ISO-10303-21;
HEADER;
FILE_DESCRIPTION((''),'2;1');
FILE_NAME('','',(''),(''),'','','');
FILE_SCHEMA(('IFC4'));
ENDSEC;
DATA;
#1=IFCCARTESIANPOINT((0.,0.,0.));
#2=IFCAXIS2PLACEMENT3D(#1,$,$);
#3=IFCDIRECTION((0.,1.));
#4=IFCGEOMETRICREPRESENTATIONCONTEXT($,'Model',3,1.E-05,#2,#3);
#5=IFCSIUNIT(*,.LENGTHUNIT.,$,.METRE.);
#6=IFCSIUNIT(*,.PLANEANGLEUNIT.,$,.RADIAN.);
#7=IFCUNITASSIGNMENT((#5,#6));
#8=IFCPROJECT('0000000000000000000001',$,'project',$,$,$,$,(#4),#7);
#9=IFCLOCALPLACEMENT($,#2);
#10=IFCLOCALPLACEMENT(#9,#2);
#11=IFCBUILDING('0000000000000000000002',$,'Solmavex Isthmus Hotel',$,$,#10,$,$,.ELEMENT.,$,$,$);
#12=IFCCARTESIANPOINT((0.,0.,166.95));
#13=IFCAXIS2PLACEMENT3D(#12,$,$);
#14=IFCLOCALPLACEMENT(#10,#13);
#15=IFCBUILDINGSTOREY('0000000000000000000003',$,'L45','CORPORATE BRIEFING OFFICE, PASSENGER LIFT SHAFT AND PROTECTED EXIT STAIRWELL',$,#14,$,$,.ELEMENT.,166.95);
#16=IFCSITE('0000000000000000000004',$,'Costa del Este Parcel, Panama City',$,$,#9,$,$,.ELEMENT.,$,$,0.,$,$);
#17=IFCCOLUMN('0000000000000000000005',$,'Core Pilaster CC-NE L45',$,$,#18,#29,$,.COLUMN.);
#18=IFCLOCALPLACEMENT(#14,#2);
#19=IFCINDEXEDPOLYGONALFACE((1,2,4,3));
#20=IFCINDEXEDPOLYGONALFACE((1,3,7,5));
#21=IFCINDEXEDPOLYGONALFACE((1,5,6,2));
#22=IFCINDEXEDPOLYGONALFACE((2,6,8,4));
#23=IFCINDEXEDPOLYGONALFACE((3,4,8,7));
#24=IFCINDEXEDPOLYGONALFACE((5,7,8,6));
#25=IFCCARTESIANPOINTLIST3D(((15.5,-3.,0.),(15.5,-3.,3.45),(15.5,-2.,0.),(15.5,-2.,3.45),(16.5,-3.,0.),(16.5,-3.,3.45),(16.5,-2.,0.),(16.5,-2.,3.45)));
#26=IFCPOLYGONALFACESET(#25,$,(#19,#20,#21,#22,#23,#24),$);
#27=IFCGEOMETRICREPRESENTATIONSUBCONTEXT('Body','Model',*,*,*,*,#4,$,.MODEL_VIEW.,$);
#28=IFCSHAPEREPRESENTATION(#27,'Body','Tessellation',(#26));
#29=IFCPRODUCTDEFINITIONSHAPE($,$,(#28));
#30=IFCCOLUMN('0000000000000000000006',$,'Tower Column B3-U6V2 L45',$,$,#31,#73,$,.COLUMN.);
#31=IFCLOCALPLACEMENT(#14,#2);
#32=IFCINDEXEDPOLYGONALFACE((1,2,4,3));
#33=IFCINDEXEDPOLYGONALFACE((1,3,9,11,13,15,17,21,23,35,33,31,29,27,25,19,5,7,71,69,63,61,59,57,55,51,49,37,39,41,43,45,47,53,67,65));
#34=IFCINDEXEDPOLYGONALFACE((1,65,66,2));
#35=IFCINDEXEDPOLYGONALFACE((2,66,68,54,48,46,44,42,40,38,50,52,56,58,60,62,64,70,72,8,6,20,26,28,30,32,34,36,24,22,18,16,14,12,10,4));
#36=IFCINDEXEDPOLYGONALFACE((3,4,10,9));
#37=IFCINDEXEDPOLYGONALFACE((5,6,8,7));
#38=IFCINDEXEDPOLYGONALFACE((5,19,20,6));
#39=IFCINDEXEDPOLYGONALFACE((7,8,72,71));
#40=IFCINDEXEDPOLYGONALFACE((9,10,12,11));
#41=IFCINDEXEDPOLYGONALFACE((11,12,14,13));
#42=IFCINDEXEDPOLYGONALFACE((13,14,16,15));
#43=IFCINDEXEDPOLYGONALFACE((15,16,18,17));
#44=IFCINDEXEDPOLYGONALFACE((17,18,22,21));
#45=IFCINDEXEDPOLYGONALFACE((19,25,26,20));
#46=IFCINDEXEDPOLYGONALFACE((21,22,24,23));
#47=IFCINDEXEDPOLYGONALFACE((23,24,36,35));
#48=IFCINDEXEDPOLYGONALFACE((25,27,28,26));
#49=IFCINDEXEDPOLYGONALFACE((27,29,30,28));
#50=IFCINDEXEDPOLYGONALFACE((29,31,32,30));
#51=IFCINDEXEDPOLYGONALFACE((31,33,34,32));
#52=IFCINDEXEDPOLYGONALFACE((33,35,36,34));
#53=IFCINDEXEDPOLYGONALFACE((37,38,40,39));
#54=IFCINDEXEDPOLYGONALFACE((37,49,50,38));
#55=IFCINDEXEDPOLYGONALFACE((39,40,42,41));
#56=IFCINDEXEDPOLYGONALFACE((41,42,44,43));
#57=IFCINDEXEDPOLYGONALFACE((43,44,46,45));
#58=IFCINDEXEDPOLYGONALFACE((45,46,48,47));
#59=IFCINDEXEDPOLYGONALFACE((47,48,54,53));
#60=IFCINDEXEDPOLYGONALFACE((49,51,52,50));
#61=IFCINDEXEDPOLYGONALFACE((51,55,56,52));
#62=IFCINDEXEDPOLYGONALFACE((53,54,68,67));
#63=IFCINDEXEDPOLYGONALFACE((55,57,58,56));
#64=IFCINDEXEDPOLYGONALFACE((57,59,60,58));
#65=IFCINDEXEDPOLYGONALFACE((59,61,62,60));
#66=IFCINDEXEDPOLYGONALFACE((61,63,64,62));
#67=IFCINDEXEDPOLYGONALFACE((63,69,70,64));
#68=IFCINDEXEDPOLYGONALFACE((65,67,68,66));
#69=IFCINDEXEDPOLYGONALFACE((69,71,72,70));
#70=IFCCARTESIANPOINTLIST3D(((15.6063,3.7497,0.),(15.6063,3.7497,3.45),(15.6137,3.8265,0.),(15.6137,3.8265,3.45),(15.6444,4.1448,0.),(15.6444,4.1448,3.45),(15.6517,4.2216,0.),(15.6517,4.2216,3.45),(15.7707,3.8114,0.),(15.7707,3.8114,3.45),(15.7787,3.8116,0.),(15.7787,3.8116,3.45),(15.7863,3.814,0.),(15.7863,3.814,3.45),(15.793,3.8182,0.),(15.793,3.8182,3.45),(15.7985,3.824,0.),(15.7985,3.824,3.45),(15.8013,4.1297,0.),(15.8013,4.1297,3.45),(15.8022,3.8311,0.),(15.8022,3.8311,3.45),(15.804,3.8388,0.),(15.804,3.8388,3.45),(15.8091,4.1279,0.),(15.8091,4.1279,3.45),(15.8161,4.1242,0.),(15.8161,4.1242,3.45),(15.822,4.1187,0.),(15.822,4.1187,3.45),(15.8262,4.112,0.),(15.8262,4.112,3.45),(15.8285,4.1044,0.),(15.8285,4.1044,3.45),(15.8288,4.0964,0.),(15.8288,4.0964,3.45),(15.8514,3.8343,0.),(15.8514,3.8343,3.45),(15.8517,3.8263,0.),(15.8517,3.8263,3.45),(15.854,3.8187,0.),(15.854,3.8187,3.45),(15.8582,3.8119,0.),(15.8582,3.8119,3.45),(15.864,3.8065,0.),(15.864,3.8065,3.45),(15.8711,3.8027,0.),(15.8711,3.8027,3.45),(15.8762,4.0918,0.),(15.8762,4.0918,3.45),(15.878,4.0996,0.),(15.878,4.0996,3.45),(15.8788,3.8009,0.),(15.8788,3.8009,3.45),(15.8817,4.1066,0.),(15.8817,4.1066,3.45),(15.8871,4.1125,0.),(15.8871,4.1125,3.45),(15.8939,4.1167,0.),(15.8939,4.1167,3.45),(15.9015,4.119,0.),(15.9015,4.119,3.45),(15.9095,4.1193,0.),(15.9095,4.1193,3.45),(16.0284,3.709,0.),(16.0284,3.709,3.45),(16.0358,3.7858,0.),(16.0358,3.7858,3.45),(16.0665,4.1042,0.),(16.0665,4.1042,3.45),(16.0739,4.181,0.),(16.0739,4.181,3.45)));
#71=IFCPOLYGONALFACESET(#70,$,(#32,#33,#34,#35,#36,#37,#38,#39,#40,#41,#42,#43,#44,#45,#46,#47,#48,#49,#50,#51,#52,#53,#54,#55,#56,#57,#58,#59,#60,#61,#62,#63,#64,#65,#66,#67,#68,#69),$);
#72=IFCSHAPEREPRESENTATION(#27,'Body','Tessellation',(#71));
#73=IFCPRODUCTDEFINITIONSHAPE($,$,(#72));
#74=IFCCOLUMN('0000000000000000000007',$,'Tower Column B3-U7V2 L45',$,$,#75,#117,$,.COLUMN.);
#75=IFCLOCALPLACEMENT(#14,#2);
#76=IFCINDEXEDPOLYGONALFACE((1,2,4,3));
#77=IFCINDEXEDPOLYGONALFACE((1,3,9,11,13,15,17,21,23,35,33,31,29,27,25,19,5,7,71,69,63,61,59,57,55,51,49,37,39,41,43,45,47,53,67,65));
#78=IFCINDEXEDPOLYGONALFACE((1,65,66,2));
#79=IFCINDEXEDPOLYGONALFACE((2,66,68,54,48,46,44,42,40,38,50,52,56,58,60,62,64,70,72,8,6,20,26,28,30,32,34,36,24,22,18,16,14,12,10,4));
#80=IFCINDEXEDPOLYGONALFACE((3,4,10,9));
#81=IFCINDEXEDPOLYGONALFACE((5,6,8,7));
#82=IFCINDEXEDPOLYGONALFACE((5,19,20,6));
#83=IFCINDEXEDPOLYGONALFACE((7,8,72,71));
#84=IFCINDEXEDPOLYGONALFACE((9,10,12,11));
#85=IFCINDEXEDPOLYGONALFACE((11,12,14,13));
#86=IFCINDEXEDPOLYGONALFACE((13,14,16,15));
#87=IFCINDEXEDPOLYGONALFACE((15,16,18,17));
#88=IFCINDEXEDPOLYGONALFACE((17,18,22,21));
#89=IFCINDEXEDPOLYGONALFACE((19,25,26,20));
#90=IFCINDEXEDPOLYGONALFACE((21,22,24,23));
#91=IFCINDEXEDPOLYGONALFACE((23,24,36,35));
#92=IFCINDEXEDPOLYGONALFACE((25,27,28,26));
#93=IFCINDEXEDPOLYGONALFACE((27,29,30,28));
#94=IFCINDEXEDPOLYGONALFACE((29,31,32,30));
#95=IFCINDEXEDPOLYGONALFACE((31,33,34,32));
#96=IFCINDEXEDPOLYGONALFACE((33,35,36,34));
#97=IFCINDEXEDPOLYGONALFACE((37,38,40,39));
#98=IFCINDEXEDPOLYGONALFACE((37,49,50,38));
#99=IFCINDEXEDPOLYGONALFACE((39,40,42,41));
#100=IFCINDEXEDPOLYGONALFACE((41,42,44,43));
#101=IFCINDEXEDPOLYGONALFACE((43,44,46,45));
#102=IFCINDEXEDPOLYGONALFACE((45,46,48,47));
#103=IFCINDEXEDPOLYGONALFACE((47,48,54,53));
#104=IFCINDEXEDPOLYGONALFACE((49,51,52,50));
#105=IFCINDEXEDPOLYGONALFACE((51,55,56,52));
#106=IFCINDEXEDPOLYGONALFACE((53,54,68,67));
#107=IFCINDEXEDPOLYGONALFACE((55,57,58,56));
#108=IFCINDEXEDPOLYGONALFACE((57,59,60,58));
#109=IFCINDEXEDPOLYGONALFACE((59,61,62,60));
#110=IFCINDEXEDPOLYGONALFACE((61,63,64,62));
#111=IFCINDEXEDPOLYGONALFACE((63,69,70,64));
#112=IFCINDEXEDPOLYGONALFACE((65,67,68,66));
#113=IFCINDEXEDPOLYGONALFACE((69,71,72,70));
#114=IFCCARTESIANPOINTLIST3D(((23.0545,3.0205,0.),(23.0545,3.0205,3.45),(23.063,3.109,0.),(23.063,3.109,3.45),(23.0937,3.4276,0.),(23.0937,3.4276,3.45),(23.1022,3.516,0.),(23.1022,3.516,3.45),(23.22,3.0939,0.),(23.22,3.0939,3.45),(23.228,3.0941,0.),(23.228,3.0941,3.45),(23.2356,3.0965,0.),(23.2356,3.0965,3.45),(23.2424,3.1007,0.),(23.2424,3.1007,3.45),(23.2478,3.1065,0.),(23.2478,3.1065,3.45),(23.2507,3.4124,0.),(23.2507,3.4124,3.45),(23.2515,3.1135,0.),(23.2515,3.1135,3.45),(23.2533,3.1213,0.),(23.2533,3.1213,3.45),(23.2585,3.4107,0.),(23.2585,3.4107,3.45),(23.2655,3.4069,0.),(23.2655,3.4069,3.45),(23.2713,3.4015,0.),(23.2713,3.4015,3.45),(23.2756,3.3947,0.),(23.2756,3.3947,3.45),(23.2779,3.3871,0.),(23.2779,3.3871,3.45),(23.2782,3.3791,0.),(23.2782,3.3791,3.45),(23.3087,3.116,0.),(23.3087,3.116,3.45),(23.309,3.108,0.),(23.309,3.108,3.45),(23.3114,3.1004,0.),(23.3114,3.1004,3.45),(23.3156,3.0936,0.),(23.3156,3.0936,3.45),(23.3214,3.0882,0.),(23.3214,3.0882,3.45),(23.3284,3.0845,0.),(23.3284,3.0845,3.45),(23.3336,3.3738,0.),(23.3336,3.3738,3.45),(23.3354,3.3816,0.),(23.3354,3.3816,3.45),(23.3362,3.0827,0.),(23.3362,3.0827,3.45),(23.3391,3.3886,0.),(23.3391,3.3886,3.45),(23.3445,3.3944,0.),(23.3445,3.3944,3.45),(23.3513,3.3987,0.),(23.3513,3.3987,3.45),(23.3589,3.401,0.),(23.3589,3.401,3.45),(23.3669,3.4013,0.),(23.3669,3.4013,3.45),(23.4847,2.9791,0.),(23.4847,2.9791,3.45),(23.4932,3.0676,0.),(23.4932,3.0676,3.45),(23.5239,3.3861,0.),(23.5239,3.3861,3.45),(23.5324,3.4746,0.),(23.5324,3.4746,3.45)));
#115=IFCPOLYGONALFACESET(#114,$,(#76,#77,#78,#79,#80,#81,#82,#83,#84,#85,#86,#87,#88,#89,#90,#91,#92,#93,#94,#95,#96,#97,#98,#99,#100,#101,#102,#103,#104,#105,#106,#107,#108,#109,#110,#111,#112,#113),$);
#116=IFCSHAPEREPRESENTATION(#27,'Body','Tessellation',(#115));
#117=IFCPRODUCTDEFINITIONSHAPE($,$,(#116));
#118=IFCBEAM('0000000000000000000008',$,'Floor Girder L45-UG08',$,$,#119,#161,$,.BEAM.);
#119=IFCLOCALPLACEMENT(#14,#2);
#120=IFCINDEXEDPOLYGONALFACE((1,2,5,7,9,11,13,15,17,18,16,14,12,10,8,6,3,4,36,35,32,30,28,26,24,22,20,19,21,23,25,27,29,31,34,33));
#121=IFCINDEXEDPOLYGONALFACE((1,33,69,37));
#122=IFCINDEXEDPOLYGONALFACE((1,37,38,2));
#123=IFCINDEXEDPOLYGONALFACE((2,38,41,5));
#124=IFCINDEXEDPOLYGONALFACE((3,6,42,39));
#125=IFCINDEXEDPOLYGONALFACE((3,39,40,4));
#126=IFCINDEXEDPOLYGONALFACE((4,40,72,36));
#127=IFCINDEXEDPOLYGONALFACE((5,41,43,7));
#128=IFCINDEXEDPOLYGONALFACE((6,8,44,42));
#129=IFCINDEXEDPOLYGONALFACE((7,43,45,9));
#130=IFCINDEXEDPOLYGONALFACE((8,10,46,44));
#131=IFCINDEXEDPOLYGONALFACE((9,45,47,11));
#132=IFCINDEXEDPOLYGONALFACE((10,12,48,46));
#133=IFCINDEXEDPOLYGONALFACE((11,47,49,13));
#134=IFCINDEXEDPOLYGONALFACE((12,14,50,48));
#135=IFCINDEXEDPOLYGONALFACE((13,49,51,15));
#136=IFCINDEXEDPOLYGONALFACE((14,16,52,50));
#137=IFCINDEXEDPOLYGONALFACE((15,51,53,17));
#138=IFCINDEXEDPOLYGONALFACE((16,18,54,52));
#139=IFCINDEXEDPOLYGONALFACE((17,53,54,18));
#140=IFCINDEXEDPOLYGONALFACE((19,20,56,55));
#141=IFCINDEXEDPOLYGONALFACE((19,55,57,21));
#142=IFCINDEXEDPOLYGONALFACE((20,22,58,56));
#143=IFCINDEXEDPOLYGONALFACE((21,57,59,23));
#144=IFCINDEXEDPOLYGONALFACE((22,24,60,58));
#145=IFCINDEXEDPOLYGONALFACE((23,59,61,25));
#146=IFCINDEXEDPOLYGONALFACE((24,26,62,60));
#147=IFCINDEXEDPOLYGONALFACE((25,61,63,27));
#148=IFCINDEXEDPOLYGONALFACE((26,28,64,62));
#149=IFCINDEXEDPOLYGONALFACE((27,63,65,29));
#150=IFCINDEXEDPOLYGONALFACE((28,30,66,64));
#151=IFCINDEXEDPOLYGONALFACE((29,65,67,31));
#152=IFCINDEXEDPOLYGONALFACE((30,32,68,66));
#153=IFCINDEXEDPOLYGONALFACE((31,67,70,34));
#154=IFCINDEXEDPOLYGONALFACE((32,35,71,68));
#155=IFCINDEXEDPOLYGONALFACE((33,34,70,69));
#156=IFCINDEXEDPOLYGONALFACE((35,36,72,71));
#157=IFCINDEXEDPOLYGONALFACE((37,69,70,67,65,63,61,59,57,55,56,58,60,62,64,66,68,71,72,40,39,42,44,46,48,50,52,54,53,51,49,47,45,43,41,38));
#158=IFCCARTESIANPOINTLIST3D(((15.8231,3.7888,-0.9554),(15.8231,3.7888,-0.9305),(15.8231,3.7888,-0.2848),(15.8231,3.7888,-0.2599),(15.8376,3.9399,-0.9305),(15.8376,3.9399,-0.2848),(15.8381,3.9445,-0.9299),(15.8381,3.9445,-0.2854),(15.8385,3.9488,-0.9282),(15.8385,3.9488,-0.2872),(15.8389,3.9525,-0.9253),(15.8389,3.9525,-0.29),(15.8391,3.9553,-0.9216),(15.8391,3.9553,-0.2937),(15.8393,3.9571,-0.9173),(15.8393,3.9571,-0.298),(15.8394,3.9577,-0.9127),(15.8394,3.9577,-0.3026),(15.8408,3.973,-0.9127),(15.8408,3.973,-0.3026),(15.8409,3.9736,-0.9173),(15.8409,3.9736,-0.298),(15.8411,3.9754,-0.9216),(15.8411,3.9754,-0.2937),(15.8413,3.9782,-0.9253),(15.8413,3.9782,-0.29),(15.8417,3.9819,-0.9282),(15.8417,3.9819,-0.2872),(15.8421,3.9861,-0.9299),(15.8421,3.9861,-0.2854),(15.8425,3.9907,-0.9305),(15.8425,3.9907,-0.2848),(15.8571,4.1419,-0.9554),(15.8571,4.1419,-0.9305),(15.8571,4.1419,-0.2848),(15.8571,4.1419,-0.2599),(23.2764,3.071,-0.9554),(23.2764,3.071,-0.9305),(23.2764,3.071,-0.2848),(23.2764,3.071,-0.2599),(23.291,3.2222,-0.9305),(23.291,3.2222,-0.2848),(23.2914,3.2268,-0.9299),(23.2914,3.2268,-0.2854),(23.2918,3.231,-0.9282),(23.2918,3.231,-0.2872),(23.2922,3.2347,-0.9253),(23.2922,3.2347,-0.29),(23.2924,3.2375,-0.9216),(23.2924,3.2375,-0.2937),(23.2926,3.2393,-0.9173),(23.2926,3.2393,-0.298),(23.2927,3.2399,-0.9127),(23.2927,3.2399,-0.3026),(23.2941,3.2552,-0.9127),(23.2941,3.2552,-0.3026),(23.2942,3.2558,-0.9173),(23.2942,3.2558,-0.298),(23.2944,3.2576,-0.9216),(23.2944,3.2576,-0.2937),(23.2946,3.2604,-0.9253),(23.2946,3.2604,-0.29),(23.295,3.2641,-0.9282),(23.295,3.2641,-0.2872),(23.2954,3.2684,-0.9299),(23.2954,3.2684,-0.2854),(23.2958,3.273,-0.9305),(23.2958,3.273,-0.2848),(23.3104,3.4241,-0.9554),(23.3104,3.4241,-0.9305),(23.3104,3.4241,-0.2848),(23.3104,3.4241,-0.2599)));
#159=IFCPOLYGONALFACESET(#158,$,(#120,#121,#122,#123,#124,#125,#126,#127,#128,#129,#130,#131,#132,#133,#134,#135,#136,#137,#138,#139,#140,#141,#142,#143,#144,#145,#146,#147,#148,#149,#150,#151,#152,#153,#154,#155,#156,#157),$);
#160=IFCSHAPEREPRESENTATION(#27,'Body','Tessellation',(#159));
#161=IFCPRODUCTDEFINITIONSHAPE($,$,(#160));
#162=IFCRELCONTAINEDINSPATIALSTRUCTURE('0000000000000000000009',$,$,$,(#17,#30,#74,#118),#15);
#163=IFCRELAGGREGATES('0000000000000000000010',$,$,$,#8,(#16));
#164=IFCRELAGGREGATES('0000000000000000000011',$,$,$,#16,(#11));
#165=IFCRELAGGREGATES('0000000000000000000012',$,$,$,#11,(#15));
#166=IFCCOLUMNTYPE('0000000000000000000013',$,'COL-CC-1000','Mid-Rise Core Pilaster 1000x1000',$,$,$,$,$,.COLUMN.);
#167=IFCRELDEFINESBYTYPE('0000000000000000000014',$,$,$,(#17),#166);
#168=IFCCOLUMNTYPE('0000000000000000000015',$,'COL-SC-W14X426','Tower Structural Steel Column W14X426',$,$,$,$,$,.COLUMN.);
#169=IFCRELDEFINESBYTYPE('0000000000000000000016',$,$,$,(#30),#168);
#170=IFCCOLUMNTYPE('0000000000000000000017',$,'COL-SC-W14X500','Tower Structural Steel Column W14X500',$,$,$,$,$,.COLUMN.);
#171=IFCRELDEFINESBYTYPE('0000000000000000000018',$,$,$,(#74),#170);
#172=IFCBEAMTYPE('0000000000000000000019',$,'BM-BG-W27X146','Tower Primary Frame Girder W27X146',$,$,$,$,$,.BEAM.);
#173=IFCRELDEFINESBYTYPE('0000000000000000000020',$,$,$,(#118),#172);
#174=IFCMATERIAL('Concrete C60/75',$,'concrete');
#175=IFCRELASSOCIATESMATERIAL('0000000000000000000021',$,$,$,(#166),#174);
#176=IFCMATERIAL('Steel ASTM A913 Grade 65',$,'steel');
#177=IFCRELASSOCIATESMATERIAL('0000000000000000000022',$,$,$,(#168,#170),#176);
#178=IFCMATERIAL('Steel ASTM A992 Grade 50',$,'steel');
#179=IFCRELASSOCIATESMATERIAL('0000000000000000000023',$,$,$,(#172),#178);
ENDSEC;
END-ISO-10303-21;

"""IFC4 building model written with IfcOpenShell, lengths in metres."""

from ifc_helpers import new_model, si_unit, direction, frame, origin, origin_2d, place, context, subcontext, project, spatial, rectangle, i_section, extrude, material, material_profile, profile_set, type_object, element, save


model = new_model("IFC4")

# Units and contexts
model_context = context("Model", 3, precision=1e-05, world=origin(), true_north=direction((0.0, 1.0)))
body_context = subcontext(model_context, "Body", "Model", "MODEL_VIEW")
ifc_project = project(units=[si_unit("LENGTHUNIT", "METRE"), si_unit("PLANEANGLEUNIT", "RADIAN")], contexts=[model_context])

# Site, building, storey
site_placement = place(None, origin())
site = spatial("IfcSite", under=ifc_project, at=site_placement, Name="Costa del Este Parcel, Panama City", CompositionType="ELEMENT", RefElevation=0.0)
building_placement = place(site_placement, origin())
building = spatial("IfcBuilding", under=site, at=building_placement, Name="Solmavex Isthmus Hotel", CompositionType="ELEMENT")
storey_placement = place(building_placement, frame((0.0, 0.0, 166.95)))
storey = spatial("IfcBuildingStorey", under=building, at=storey_placement, Name="L45", Description="CORPORATE BRIEFING OFFICE, PASSENGER LIFT SHAFT AND PROTECTED EXIT STAIRWELL", CompositionType="ELEMENT", Elevation=166.95)

# Columns
ifc_material_1 = material(Name="Concrete C60/75", Category="concrete")
ifc_material_profile_1 = material_profile(ifc_material_1, rectangle(XDim=1.0, YDim=1.0, at=origin_2d()), Name="RC1000X1000")
ifc_profile_set_1 = profile_set([ifc_material_profile_1], Name="Concrete C60/75")
column_type_1 = type_object("IfcColumnType", Name="COL-CC-1000", Description="Mid-Rise Core Pilaster 1000x1000", PredefinedType="COLUMN", material=ifc_profile_set_1)
column_1_placement = place(storey_placement, frame((16.0, -2.5, 0.0), z_axis=(0.0, 0.0, 1.0), x_axis=(1.0, 0.0, 0.0)))
element("IfcColumn", 1, at=column_1_placement, inside=storey, type_object=column_type_1, Name="Core Pilaster CC-NE L45", PredefinedType="COLUMN", context=body_context, shape_type="SweptSolid", body=[
    extrude(rectangle(XDim=1.0, YDim=1.0, at=origin_2d()), origin(), (0.0, 0.0, 1.0), 3.45),
])
ifc_material_2 = material(Name="Steel ASTM A913 Grade 65", Category="steel")
ifc_material_profile_2 = material_profile(ifc_material_2, i_section(OverallWidth=0.4241, OverallDepth=0.4741, WebThickness=0.0476, FlangeThickness=0.0771, FilletRadius=0.0305, at=origin_2d()), Name="W14X426")
ifc_profile_set_2 = profile_set([ifc_material_profile_2], Name="Steel ASTM A913 Grade 65")
column_type_2 = type_object("IfcColumnType", Name="COL-SC-W14X426", Description="Tower Structural Steel Column W14X426", PredefinedType="COLUMN", material=ifc_profile_set_2)
column_2_placement = place(storey_placement, frame((15.8401, 3.9653, 0.0), z_axis=(0.0, 0.0, 1.0), x_axis=(0.995396, -0.095846, 0.0)))
element("IfcColumn", 2, at=column_2_placement, inside=storey, type_object=column_type_2, Name="Tower Column B3-U6V2 L45", PredefinedType="COLUMN", context=body_context, shape_type="SweptSolid", body=[
    extrude(i_section(OverallWidth=0.4241, OverallDepth=0.4741, WebThickness=0.0476, FlangeThickness=0.0771, FilletRadius=0.0305, at=origin_2d()), origin(), (0.0, 0.0, 1.0), 3.45),
])
ifc_material_profile_3 = material_profile(ifc_material_2, i_section(OverallWidth=0.4321, OverallDepth=0.4978, WebThickness=0.0557, FlangeThickness=0.0889, FilletRadius=0.0305, at=origin_2d()), Name="W14X500")
ifc_profile_set_3 = profile_set([ifc_material_profile_3], Name="Steel ASTM A913 Grade 65")
column_type_3 = type_object("IfcColumnType", Name="COL-SC-W14X500", Description="Tower Structural Steel Column W14X500", PredefinedType="COLUMN", material=ifc_profile_set_3)
column_3_placement = place(storey_placement, frame((23.2935, 3.2476, 0.0), z_axis=(0.0, 0.0, 1.0), x_axis=(0.995396, -0.095846, 0.0)))
element("IfcColumn", 3, at=column_3_placement, inside=storey, type_object=column_type_3, Name="Tower Column B3-U7V2 L45", PredefinedType="COLUMN", context=body_context, shape_type="SweptSolid", body=[
    extrude(i_section(OverallWidth=0.4321, OverallDepth=0.4978, WebThickness=0.0557, FlangeThickness=0.0889, FilletRadius=0.0305, at=origin_2d()), origin(), (0.0, 0.0, 1.0), 3.45),
])

# Beam
ifc_material_3 = material(Name="Steel ASTM A992 Grade 50", Category="steel")
ifc_material_profile_4 = material_profile(ifc_material_3, i_section(OverallWidth=0.3547, OverallDepth=0.6956, WebThickness=0.0154, FlangeThickness=0.0249, FilletRadius=0.0178, at=origin_2d()), Name="W27X146")
ifc_profile_set_4 = profile_set([ifc_material_profile_4], Name="Steel ASTM A992 Grade 50")
beam_type_1 = type_object("IfcBeamType", Name="BM-BG-W27X146", Description="Tower Primary Frame Girder W27X146", PredefinedType="BEAM", material=ifc_profile_set_4)
beam_1_placement = place(storey_placement, frame((15.8401, 3.9653, -0.6077), z_axis=(0.995395, -0.095858, 0.0), x_axis=(0.095858, 0.995395, 0.0)))
element("IfcBeam", 4, at=beam_1_placement, inside=storey, type_object=beam_type_1, Name="Floor Girder L45-UG08", PredefinedType="BEAM", context=body_context, shape_type="SweptSolid", body=[
    extrude(i_section(OverallWidth=0.3547, OverallDepth=0.6956, WebThickness=0.0154, FlangeThickness=0.0249, FilletRadius=0.0178, at=origin_2d()), origin(), (0.0, 0.0, 1.0), 7.4878),
])

save(model, "model.ifc")
